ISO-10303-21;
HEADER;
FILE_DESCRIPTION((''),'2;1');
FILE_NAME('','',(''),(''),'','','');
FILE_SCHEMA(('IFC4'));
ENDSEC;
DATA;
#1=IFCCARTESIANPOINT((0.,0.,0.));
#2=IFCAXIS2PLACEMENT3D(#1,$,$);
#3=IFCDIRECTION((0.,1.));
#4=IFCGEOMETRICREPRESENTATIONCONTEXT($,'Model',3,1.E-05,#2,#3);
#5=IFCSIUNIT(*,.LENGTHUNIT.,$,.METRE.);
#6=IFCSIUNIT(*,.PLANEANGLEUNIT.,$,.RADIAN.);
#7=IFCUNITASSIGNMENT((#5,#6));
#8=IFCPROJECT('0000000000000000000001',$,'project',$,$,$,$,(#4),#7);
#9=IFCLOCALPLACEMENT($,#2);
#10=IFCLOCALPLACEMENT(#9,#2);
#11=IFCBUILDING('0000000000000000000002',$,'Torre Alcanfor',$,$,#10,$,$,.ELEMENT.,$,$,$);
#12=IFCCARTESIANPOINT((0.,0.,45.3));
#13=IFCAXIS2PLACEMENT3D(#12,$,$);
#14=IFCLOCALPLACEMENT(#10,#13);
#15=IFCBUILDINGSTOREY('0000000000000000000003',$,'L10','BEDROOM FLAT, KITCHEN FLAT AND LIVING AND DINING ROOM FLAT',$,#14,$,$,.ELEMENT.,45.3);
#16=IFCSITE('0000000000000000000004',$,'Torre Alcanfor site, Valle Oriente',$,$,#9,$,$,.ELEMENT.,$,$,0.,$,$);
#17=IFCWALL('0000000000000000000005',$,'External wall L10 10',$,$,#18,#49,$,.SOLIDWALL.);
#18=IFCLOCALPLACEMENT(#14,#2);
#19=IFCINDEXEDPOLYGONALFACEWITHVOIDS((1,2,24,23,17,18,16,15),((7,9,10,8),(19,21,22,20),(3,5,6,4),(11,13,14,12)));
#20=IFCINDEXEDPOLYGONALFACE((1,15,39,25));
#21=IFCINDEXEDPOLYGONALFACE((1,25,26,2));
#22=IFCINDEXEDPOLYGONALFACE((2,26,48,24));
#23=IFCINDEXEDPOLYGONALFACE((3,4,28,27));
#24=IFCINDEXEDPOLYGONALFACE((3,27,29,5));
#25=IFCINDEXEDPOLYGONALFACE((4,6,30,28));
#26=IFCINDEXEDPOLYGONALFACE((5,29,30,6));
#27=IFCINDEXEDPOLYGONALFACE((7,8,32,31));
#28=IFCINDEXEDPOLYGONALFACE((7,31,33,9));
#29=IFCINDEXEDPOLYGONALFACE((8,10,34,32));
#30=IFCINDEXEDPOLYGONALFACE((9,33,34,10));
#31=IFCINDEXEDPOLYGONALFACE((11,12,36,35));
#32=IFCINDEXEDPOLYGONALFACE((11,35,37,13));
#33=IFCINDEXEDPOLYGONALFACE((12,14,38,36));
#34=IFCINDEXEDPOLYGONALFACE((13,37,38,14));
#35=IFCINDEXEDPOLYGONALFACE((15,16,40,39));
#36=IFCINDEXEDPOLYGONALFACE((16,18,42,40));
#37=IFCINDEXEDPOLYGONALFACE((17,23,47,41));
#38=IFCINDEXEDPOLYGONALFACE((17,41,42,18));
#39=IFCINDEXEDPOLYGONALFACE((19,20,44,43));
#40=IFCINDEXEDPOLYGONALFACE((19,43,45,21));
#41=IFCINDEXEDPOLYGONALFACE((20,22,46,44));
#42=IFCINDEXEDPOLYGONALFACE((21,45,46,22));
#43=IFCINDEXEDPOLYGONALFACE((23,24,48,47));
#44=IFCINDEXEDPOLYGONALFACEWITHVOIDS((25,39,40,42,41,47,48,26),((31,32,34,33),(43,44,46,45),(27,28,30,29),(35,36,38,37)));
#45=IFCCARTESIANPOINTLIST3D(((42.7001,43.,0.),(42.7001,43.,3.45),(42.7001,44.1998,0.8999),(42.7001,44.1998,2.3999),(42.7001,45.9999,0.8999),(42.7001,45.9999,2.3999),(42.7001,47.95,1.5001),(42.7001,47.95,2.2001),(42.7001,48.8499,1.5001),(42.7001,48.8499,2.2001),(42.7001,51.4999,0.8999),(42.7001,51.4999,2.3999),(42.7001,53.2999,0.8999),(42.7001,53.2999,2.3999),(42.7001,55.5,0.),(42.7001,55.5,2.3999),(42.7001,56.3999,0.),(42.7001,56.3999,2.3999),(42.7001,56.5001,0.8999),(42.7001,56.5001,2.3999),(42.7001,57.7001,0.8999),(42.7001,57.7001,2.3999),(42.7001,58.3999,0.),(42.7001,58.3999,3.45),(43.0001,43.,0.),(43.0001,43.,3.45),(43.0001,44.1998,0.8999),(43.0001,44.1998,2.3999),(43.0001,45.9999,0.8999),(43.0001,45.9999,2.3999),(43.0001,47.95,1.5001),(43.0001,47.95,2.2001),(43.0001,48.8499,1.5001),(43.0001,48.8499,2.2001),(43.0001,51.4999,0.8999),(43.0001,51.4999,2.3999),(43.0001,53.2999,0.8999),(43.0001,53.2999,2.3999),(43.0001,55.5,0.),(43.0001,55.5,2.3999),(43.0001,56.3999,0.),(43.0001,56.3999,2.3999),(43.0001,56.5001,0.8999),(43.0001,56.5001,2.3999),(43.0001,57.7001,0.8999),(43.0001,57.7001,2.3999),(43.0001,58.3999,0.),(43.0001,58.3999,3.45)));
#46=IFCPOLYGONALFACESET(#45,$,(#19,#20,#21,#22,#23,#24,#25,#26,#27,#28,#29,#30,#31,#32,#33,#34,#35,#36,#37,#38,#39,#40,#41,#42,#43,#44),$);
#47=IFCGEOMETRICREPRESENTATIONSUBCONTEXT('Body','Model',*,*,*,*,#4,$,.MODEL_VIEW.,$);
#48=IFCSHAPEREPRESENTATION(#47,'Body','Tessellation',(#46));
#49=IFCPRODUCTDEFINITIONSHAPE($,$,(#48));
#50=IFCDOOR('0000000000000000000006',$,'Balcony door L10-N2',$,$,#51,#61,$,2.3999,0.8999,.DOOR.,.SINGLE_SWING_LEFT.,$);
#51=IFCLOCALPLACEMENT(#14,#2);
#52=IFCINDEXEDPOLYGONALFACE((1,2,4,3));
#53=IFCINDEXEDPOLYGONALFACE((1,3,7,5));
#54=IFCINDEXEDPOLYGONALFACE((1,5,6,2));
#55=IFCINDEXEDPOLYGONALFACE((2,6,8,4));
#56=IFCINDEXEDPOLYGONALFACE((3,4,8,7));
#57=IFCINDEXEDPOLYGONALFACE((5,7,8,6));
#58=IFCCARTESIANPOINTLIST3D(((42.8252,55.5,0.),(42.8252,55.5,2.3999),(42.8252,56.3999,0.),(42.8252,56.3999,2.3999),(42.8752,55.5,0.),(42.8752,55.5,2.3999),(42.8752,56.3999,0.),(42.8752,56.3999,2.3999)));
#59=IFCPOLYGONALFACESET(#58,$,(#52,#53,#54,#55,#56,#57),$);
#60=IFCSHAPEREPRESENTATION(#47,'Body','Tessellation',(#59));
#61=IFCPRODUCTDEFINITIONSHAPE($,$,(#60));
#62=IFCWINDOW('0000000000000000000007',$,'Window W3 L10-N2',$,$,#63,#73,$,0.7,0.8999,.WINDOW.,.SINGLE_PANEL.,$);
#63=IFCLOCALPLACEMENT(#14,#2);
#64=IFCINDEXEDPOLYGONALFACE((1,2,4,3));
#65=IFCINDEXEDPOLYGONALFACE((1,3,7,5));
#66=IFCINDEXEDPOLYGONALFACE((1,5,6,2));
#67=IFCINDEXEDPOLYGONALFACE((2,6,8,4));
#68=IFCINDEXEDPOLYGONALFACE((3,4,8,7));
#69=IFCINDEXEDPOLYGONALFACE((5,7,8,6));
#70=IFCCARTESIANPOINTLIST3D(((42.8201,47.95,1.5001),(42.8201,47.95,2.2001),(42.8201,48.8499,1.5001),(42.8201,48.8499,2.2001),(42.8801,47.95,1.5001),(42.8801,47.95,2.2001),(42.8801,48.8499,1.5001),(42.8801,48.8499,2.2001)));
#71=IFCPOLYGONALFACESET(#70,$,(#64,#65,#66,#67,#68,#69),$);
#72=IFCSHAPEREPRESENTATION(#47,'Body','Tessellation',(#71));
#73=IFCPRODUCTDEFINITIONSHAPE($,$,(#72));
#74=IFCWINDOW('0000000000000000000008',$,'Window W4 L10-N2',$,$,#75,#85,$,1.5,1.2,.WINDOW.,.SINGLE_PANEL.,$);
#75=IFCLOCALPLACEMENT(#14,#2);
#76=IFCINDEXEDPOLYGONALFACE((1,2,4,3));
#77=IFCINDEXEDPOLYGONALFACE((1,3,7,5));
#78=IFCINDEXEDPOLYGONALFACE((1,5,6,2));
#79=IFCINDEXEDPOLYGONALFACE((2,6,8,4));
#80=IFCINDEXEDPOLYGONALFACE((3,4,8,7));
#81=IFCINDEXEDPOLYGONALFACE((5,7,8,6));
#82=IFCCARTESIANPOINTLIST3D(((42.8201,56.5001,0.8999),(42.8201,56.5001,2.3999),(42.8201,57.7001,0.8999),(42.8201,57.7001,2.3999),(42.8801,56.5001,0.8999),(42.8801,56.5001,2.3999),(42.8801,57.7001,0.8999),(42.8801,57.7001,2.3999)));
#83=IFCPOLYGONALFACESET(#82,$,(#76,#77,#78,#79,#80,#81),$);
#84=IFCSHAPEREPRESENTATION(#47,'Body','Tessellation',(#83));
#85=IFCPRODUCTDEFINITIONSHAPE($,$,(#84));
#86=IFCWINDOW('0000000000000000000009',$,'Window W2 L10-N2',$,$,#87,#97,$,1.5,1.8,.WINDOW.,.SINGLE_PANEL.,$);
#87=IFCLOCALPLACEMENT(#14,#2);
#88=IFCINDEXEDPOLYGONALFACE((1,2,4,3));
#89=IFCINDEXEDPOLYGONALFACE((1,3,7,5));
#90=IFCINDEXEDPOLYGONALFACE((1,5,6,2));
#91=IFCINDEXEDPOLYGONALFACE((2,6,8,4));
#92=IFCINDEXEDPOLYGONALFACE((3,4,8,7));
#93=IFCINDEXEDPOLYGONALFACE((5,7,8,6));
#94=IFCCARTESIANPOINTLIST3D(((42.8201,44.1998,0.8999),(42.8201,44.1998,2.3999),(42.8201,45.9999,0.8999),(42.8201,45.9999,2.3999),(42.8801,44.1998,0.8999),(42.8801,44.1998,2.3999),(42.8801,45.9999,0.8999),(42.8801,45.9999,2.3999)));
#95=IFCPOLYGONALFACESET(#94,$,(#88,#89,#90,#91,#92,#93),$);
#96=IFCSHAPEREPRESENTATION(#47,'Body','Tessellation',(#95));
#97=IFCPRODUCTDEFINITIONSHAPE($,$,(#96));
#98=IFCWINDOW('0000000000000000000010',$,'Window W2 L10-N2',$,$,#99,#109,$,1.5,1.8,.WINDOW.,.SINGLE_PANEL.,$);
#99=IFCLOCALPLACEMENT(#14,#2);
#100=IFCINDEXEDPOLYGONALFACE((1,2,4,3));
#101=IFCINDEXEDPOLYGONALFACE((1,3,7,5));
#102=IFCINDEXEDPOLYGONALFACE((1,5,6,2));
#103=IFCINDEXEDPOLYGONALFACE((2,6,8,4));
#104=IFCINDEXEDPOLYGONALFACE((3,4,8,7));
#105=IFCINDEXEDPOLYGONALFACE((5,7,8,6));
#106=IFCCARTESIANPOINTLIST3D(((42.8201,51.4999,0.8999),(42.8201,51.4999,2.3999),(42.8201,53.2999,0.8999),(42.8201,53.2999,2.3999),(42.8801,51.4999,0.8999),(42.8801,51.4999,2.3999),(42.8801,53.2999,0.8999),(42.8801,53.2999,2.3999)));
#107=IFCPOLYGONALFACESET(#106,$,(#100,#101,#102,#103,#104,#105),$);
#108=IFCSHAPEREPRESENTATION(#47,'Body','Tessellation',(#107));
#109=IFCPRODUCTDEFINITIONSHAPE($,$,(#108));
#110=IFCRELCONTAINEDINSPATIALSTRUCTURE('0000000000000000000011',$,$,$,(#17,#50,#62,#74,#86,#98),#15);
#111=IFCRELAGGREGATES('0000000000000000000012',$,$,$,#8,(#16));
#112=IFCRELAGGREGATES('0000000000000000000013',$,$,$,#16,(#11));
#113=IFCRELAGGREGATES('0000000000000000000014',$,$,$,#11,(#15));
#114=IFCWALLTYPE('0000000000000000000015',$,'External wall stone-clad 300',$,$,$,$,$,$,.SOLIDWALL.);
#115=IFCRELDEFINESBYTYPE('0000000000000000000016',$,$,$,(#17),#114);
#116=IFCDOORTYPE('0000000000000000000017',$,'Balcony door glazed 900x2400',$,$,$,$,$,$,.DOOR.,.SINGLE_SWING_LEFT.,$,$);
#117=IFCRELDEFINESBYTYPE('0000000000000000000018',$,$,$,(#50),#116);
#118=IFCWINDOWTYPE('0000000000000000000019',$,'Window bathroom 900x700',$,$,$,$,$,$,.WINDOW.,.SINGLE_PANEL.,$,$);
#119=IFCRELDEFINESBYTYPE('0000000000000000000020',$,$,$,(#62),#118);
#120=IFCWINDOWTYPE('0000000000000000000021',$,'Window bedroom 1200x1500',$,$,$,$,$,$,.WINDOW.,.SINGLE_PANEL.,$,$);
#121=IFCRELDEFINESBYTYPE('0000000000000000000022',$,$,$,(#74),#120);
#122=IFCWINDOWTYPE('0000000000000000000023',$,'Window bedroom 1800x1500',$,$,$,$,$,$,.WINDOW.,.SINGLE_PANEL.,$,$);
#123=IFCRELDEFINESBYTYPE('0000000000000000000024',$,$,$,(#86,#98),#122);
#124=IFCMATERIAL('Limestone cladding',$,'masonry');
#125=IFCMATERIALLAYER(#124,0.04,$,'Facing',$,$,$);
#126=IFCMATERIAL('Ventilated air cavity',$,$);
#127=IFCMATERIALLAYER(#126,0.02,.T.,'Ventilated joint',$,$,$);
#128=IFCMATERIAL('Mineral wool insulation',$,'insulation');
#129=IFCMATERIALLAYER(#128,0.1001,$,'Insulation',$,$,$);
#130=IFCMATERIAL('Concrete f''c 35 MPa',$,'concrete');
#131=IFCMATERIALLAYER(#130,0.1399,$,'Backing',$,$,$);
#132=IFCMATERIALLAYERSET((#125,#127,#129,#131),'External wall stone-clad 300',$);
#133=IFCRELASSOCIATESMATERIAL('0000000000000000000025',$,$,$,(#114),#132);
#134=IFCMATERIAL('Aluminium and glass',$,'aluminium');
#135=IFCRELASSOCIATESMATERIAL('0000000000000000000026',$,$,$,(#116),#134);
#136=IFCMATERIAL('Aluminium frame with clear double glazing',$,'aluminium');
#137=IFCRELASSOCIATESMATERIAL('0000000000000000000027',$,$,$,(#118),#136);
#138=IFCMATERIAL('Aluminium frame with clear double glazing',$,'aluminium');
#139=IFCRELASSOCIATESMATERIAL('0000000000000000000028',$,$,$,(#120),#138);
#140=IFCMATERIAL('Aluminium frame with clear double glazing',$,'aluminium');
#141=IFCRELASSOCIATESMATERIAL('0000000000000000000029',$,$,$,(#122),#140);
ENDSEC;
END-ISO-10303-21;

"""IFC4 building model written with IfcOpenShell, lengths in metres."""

from ifc_helpers import new_model, si_unit, direction, frame, frame_2d, origin, place, context, subcontext, project, spatial, rectangle, extrude, material, layer, layer_set, type_object, element, fill, save


model = new_model("IFC4")

# Units and contexts
model_context = context("Model", 3, precision=1e-05, world=origin(), true_north=direction((0.0, 1.0)))
body_context = subcontext(model_context, "Body", "Model", "MODEL_VIEW")
ifc_project = project(units=[si_unit("LENGTHUNIT", "METRE"), si_unit("PLANEANGLEUNIT", "RADIAN")], contexts=[model_context])

# Site, building, storey
site_placement = place(None, origin())
site = spatial("IfcSite", under=ifc_project, at=site_placement, Name="Torre Alcanfor site, Valle Oriente", CompositionType="ELEMENT", RefElevation=0.0)
building_placement = place(site_placement, origin())
building = spatial("IfcBuilding", under=site, at=building_placement, Name="Torre Alcanfor", CompositionType="ELEMENT")
storey_placement = place(building_placement, frame((0.0, 0.0, 45.3)))
storey = spatial("IfcBuildingStorey", under=building, at=storey_placement, Name="L10", Description="BEDROOM FLAT, KITCHEN FLAT AND LIVING AND DINING ROOM FLAT", CompositionType="ELEMENT", Elevation=45.3)

# Wall, openings, door, windows
ifc_material_1 = material(Name="Limestone cladding", Category="masonry")
ifc_layer_1 = layer(ifc_material_1, 0.04, Name="Facing")
ifc_material_2 = material(Name="Ventilated air cavity")
ifc_layer_2 = layer(ifc_material_2, 0.02, ventilated=True, Name="Ventilated joint")
ifc_material_3 = material(Name="Mineral wool insulation", Category="insulation")
ifc_layer_3 = layer(ifc_material_3, 0.1001, Name="Insulation")
ifc_material_4 = material(Name="Concrete f'c 35 MPa", Category="concrete")
ifc_layer_4 = layer(ifc_material_4, 0.1399, Name="Backing")
ifc_layer_set_1 = layer_set([ifc_layer_1, ifc_layer_2, ifc_layer_3, ifc_layer_4], Name="External wall stone-clad 300")
wall_type_1 = type_object("IfcWallType", Name="External wall stone-clad 300", PredefinedType="SOLIDWALL", material=ifc_layer_set_1)
ifc_material_5 = material(Name="Aluminium and glass", Category="aluminium")
door_type = type_object("IfcDoorType", Name="Balcony door glazed 900x2400", OperationType="SINGLE_SWING_LEFT", PredefinedType="DOOR", material=ifc_material_5)
ifc_material_6 = material(Name="Aluminium frame with clear double glazing", Category="aluminium")
window_type_1 = type_object("IfcWindowType", Name="Window bathroom 900x700", PartitioningType="SINGLE_PANEL", PredefinedType="WINDOW", material=ifc_material_6)
ifc_material_7 = material(Name="Aluminium frame with clear double glazing", Category="aluminium")
window_type_2 = type_object("IfcWindowType", Name="Window bedroom 1200x1500", PartitioningType="SINGLE_PANEL", PredefinedType="WINDOW", material=ifc_material_7)
ifc_material_8 = material(Name="Aluminium frame with clear double glazing", Category="aluminium")
window_type_3 = type_object("IfcWindowType", Name="Window bedroom 1800x1500", PartitioningType="SINGLE_PANEL", PredefinedType="WINDOW", material=ifc_material_8)
wall_1_placement = place(storey_placement, frame((42.8501, 43.0, 0.0), z_axis=(0.0, 0.0, 1.0), x_axis=(0.0, 1.0, 0.0)))
wall_1 = element("IfcWall", 1, at=wall_1_placement, inside=storey, type_object=wall_type_1, Name="External wall L10 10", PredefinedType="SOLIDWALL", context=body_context, shape_type="SweptSolid", body=[
    extrude(rectangle(XDim=15.3999, YDim=0.3, at=frame_2d((7.7, 0.0))), origin(), (0.0, 0.0, 1.0), 3.45),
])
opening_1_placement = place(wall_1_placement, frame((1.2, 0.0, 0.8999)))
opening_1 = element("IfcOpeningElement", 2, at=opening_1_placement, cuts=wall_1, PredefinedType="OPENING", context=body_context, shape_type="SweptSolid", body=[
    extrude(rectangle(XDim=1.8, YDim=1.5, at=frame_2d((0.8999, 0.75))), frame((0.0, 0.1599, 0.0), z_axis=(0.0, -1.0, 0.0), x_axis=(1.0, 0.0, 0.0)), (0.0, 0.0, 1.0), 0.3201),
])
opening_2_placement = place(wall_1_placement, frame((4.95, 0.0, 1.5)))
opening_2 = element("IfcOpeningElement", 3, at=opening_2_placement, cuts=wall_1, PredefinedType="OPENING", context=body_context, shape_type="SweptSolid", body=[
    extrude(rectangle(XDim=0.8999, YDim=0.7, at=frame_2d((0.45, 0.3501))), frame((0.0, 0.1599, 0.0), z_axis=(0.0, -1.0, 0.0), x_axis=(1.0, 0.0, 0.0)), (0.0, 0.0, 1.0), 0.3201),
])
opening_3_placement = place(wall_1_placement, frame((8.5, 0.0, 0.8999)))
opening_3 = element("IfcOpeningElement", 4, at=opening_3_placement, cuts=wall_1, PredefinedType="OPENING", context=body_context, shape_type="SweptSolid", body=[
    extrude(rectangle(XDim=1.8, YDim=1.5, at=frame_2d((0.8999, 0.75))), frame((0.0, 0.1599, 0.0), z_axis=(0.0, -1.0, 0.0), x_axis=(1.0, 0.0, 0.0)), (0.0, 0.0, 1.0), 0.3201),
])
opening_4_placement = place(wall_1_placement, frame((12.5, 0.0, 0.0)))
opening_4 = element("IfcOpeningElement", 5, at=opening_4_placement, cuts=wall_1, PredefinedType="OPENING", context=body_context, shape_type="SweptSolid", body=[
    extrude(rectangle(XDim=0.8999, YDim=2.3999, at=frame_2d((0.45, 1.2))), frame((0.0, 0.1599, 0.0), z_axis=(0.0, -1.0, 0.0), x_axis=(1.0, 0.0, 0.0)), (0.0, 0.0, 1.0), 0.3201),
])
opening_5_placement = place(wall_1_placement, frame((13.5, 0.0, 0.8999)))
opening_5 = element("IfcOpeningElement", 6, at=opening_5_placement, cuts=wall_1, PredefinedType="OPENING", context=body_context, shape_type="SweptSolid", body=[
    extrude(rectangle(XDim=1.2, YDim=1.5, at=frame_2d((0.6001, 0.75))), frame((0.0, 0.1599, 0.0), z_axis=(0.0, -1.0, 0.0), x_axis=(1.0, 0.0, 0.0)), (0.0, 0.0, 1.0), 0.3201),
])
door_1_placement = place(opening_4_placement, origin())
door_1 = element("IfcDoor", 7, at=door_1_placement, inside=storey, type_object=door_type, Name="Balcony door L10-N2", OperationType="SINGLE_SWING_LEFT", OverallHeight=2.3999, OverallWidth=0.8999, PredefinedType="DOOR", context=body_context, shape_type="SweptSolid", body=[
    extrude(rectangle(XDim=0.8999, YDim=2.3999, at=frame_2d((0.45, 1.2))), frame((0.0, 0.0249, 0.0), z_axis=(0.0, -1.0, 0.0), x_axis=(1.0, 0.0, 0.0)), (0.0, 0.0, 1.0), 0.05),
])
fill(opening_4, door_1)
window_1_placement = place(opening_2_placement, origin())
window_1 = element("IfcWindow", 8, at=window_1_placement, inside=storey, type_object=window_type_1, Name="Window W3 L10-N2", OverallHeight=0.7, OverallWidth=0.8999, PartitioningType="SINGLE_PANEL", PredefinedType="WINDOW", context=body_context, shape_type="SweptSolid", body=[
    extrude(rectangle(XDim=0.8999, YDim=0.7, at=frame_2d((0.45, 0.3501))), frame((0.0, 0.03, 0.0), z_axis=(0.0, -1.0, 0.0), x_axis=(1.0, 0.0, 0.0)), (0.0, 0.0, 1.0), 0.0601),
])
fill(opening_2, window_1)
window_2_placement = place(opening_5_placement, origin())
window_2 = element("IfcWindow", 9, at=window_2_placement, inside=storey, type_object=window_type_2, Name="Window W4 L10-N2", OverallHeight=1.5, OverallWidth=1.2, PartitioningType="SINGLE_PANEL", PredefinedType="WINDOW", context=body_context, shape_type="SweptSolid", body=[
    extrude(rectangle(XDim=1.2, YDim=1.5, at=frame_2d((0.6001, 0.75))), frame((0.0, 0.03, 0.0), z_axis=(0.0, -1.0, 0.0), x_axis=(1.0, 0.0, 0.0)), (0.0, 0.0, 1.0), 0.0601),
])
fill(opening_5, window_2)
window_3_placement = place(opening_1_placement, origin())
window_3 = element("IfcWindow", 10, at=window_3_placement, inside=storey, type_object=window_type_3, Name="Window W2 L10-N2", OverallHeight=1.5, OverallWidth=1.8, PartitioningType="SINGLE_PANEL", PredefinedType="WINDOW", context=body_context, shape_type="SweptSolid", body=[
    extrude(rectangle(XDim=1.8, YDim=1.5, at=frame_2d((0.8999, 0.75))), frame((0.0, 0.03, 0.0), z_axis=(0.0, -1.0, 0.0), x_axis=(1.0, 0.0, 0.0)), (0.0, 0.0, 1.0), 0.0601),
])
fill(opening_1, window_3)
window_4_placement = place(opening_3_placement, origin())
window_4 = element("IfcWindow", 11, at=window_4_placement, inside=storey, type_object=window_type_3, Name="Window W2 L10-N2", OverallHeight=1.5, OverallWidth=1.8, PartitioningType="SINGLE_PANEL", PredefinedType="WINDOW", context=body_context, shape_type="SweptSolid", body=[
    extrude(rectangle(XDim=1.8, YDim=1.5, at=frame_2d((0.8999, 0.75))), frame((0.0, 0.03, 0.0), z_axis=(0.0, -1.0, 0.0), x_axis=(1.0, 0.0, 0.0)), (0.0, 0.0, 1.0), 0.0601),
])
fill(opening_3, window_4)

save(model, "model.ifc")
